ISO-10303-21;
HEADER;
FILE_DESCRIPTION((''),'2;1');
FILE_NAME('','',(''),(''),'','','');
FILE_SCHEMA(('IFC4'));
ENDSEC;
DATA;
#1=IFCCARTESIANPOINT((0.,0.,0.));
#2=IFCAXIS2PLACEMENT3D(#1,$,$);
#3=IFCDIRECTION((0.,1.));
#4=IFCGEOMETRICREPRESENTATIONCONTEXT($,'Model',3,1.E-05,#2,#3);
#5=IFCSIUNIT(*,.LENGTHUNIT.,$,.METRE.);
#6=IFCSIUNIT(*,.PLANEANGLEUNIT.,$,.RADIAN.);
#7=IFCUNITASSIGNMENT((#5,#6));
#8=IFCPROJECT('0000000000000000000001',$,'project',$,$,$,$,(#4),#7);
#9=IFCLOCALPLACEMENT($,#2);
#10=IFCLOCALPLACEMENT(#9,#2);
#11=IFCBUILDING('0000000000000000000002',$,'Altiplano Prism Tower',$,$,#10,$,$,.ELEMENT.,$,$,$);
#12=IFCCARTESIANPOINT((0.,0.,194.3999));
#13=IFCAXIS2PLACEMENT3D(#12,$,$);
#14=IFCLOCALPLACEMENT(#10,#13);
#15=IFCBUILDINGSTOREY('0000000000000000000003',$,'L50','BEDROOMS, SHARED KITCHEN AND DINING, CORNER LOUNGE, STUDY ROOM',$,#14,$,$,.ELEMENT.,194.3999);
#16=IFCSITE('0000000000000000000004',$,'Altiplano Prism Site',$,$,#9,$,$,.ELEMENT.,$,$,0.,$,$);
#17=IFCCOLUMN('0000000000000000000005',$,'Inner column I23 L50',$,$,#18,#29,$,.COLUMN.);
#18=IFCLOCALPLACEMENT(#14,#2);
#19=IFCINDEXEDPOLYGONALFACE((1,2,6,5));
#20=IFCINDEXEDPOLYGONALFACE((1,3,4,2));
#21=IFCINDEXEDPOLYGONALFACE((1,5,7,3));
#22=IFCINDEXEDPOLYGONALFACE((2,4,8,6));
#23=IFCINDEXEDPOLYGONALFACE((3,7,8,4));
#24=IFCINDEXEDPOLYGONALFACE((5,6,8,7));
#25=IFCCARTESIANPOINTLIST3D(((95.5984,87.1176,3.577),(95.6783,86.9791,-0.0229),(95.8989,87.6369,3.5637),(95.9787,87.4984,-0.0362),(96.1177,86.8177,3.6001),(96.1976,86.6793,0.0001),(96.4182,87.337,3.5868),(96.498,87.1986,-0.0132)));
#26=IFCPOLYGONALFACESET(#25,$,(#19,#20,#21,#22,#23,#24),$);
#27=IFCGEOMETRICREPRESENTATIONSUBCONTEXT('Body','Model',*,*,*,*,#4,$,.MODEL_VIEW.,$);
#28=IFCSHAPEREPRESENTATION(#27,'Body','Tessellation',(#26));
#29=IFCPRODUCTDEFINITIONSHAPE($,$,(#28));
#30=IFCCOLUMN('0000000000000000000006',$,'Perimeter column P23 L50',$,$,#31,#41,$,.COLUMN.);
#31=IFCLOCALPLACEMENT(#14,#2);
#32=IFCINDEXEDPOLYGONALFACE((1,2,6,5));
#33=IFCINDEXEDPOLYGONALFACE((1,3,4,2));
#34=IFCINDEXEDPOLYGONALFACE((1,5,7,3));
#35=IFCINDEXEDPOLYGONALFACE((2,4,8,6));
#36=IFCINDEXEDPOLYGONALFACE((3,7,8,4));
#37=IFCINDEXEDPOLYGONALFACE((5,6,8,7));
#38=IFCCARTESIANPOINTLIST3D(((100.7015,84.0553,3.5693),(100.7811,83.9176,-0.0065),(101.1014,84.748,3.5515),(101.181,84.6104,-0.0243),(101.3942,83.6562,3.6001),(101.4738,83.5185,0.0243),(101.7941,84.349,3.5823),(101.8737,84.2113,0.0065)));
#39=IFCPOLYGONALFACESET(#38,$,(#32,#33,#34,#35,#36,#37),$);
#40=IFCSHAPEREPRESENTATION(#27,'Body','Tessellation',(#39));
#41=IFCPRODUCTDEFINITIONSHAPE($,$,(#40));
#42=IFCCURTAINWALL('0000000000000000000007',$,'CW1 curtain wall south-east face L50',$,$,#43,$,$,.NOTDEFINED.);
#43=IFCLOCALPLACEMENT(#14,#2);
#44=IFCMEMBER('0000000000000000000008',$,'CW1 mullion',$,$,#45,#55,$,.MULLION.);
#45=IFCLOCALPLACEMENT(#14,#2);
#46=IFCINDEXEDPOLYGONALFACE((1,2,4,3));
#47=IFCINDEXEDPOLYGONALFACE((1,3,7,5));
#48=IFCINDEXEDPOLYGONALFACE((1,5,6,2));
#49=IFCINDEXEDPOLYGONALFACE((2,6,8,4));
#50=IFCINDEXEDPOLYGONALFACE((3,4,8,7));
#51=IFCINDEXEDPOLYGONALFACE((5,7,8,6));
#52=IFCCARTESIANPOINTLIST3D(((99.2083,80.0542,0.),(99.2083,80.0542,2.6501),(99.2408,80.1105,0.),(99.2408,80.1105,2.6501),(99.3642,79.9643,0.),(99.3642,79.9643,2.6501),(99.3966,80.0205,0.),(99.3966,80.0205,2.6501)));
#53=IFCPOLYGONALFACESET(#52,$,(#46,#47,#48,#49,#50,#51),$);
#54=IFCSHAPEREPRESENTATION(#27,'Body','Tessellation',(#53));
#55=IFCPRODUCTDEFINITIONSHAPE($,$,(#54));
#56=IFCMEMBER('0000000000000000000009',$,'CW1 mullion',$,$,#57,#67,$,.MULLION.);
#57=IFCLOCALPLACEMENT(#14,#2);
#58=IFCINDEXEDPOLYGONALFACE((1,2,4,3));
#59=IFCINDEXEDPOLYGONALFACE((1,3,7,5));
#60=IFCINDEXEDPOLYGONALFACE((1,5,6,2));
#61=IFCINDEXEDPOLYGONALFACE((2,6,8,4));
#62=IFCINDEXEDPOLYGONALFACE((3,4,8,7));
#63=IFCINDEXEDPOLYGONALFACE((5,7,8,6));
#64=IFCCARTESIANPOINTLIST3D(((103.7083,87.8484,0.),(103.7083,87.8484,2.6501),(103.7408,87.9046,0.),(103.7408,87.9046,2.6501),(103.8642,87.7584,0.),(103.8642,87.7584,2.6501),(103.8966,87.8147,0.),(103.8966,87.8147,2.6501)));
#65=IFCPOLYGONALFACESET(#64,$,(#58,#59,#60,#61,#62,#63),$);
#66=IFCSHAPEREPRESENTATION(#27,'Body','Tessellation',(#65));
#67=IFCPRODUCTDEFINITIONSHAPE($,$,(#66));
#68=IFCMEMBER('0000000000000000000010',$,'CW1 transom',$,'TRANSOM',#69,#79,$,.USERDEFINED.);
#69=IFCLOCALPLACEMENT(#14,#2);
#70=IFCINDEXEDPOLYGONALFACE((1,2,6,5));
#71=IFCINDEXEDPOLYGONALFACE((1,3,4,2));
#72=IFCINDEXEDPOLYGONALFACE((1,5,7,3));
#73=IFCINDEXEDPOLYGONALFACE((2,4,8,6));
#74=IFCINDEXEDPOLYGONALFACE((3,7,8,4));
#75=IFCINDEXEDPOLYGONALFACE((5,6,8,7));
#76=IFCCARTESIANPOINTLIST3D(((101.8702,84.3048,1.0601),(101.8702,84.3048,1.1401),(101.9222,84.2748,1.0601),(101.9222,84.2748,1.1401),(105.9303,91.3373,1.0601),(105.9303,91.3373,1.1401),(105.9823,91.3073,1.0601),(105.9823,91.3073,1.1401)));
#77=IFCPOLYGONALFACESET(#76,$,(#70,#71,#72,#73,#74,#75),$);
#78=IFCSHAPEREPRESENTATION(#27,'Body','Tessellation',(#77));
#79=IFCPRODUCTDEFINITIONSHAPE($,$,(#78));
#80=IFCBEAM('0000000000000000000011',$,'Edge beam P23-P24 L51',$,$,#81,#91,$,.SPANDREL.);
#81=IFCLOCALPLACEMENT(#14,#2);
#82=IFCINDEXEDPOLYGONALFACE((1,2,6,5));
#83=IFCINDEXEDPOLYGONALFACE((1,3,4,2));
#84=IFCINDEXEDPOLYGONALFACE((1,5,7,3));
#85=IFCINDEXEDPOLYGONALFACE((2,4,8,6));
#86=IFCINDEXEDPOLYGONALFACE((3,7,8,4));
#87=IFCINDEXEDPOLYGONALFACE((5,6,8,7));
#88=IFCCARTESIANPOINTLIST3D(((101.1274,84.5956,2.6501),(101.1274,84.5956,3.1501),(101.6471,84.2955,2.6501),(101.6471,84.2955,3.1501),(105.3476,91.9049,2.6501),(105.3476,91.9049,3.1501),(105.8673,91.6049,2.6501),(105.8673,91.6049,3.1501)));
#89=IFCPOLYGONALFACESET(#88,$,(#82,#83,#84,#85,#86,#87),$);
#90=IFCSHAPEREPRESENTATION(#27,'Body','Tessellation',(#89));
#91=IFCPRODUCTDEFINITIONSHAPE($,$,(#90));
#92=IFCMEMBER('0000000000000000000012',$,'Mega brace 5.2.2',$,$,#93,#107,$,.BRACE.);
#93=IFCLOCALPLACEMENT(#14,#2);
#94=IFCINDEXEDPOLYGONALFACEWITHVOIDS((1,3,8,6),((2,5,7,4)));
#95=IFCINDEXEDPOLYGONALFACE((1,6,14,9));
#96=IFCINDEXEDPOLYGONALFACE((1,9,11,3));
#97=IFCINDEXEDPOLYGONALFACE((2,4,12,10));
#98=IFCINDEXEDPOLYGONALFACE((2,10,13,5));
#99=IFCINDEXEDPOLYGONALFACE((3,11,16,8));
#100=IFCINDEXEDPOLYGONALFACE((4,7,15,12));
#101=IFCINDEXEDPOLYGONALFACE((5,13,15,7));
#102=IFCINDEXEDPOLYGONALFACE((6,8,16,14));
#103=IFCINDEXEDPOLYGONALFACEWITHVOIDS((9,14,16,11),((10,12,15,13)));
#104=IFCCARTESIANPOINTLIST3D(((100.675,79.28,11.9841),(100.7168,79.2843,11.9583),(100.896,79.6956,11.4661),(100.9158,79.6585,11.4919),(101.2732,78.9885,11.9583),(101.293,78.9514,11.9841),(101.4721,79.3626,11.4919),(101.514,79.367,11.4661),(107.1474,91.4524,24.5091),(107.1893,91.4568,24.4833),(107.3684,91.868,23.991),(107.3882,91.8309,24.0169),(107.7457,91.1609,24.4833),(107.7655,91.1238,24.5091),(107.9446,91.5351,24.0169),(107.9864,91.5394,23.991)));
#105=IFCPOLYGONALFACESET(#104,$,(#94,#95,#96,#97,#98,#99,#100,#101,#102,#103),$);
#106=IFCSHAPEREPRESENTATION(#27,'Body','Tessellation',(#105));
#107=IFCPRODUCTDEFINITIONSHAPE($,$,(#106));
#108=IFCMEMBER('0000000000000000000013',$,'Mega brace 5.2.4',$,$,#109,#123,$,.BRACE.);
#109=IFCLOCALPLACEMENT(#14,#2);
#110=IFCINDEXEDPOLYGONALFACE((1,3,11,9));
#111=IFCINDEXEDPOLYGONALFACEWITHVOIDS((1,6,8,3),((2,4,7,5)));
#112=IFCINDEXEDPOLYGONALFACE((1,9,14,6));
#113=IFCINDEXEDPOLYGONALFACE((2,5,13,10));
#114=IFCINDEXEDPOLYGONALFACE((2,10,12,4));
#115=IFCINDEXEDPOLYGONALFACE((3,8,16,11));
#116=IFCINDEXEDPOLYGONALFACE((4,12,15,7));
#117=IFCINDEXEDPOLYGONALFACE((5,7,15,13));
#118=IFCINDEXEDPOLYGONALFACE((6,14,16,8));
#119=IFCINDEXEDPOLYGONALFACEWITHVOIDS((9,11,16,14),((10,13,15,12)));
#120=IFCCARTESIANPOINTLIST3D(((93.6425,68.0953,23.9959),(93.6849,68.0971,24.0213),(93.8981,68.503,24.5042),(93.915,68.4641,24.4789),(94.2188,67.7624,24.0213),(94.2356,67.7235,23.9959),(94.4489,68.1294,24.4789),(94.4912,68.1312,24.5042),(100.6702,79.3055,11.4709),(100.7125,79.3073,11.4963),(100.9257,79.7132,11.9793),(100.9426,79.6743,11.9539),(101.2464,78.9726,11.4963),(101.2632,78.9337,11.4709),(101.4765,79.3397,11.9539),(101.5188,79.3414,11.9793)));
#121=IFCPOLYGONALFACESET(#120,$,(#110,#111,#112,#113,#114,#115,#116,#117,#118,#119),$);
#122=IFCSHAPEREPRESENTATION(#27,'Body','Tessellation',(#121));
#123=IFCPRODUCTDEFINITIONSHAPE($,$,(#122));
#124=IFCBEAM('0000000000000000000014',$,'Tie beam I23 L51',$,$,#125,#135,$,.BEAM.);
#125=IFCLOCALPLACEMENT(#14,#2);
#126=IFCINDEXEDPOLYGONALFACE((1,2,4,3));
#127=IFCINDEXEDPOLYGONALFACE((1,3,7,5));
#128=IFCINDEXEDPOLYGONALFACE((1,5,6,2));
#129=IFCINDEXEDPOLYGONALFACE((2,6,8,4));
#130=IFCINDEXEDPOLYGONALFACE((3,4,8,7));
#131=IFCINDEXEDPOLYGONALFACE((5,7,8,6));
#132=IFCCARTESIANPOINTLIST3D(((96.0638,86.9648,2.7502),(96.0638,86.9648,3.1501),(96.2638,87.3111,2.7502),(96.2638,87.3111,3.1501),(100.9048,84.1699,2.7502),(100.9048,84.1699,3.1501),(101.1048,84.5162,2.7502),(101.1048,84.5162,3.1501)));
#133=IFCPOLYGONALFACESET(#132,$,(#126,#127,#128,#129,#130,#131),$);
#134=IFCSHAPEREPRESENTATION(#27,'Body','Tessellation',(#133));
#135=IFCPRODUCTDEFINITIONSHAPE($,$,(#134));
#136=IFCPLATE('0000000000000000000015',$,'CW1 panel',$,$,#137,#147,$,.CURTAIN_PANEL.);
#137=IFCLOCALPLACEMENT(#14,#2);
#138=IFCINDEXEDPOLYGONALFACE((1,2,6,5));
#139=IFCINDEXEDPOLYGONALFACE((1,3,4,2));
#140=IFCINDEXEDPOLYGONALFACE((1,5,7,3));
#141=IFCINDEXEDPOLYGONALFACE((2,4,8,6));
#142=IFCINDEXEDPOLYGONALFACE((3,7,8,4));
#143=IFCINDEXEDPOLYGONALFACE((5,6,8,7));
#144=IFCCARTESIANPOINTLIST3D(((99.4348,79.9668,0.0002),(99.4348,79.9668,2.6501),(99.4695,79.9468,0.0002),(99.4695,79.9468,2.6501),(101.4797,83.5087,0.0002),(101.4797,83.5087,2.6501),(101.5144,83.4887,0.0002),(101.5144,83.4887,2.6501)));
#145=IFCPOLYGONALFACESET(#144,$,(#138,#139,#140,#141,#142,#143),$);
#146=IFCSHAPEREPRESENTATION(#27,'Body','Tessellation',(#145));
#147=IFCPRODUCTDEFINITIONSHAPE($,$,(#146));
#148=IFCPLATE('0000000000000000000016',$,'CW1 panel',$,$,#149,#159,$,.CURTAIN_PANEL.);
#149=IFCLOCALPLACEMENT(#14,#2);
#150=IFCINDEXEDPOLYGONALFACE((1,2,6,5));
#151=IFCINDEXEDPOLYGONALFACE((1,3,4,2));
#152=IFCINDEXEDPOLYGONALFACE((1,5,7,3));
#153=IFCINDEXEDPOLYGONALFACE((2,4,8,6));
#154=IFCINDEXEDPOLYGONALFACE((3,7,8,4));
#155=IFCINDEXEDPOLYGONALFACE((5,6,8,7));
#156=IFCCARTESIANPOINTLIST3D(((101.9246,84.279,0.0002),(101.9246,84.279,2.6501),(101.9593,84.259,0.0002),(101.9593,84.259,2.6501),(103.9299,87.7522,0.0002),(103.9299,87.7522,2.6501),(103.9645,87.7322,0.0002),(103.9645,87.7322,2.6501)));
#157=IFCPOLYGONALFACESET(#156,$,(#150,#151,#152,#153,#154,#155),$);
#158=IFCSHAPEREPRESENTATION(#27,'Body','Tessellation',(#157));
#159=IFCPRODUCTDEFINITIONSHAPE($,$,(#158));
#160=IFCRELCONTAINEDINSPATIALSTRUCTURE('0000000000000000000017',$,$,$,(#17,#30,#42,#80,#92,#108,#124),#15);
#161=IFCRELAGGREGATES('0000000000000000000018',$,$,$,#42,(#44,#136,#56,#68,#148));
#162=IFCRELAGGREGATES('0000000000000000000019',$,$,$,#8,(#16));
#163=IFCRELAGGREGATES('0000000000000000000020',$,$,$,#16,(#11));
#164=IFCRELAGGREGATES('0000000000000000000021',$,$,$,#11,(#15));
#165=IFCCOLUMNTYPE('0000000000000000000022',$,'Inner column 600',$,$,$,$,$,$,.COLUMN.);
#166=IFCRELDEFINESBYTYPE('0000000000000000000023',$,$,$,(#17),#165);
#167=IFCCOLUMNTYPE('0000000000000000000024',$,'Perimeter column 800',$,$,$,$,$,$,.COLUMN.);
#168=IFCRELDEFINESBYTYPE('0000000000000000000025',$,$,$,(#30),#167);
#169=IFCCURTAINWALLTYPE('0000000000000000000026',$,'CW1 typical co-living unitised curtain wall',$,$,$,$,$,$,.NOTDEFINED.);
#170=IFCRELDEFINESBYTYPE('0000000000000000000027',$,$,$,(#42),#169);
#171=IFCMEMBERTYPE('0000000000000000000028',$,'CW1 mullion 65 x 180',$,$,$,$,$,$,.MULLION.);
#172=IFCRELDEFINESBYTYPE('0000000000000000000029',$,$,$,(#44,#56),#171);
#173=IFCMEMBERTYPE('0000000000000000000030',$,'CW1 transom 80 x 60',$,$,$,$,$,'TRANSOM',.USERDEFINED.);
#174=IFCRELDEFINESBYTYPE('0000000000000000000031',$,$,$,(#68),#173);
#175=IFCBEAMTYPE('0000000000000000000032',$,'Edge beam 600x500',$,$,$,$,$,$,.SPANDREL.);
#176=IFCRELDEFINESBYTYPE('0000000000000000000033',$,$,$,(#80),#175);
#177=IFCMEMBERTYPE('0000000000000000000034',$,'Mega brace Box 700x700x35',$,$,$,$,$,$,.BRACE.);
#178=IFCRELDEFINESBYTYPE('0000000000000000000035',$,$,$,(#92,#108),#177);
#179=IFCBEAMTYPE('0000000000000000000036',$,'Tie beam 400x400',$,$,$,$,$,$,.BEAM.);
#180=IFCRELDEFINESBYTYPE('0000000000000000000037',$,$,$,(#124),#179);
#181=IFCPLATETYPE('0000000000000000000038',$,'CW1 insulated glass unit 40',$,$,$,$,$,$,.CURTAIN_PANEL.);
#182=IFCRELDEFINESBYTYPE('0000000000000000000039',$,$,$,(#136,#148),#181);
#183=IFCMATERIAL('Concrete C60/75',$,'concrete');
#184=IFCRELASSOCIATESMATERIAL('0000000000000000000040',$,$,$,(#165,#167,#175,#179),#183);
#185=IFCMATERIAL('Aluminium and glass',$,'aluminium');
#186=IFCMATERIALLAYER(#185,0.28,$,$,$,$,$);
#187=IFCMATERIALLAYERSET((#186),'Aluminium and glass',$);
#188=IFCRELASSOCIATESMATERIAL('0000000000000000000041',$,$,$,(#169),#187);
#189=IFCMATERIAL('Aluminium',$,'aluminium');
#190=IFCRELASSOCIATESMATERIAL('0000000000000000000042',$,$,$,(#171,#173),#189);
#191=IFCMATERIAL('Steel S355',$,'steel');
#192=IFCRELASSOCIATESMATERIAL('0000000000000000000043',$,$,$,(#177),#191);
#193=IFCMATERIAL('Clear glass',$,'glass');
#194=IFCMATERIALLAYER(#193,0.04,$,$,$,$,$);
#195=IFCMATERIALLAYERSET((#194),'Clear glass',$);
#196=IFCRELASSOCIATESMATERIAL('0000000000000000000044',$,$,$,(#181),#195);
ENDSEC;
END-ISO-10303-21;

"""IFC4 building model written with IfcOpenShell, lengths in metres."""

from ifc_helpers import new_model, si_unit, direction, frame, origin, origin_2d, place, context, subcontext, project, spatial, rectangle, hollow_rectangle, extrude, material, layer, layer_set, material_profile, profile_set, type_object, element, aggregate, save


model = new_model("IFC4")

# Units and contexts
model_context = context("Model", 3, precision=1e-05, world=origin(), true_north=direction((0.0, 1.0)))
body_context = subcontext(model_context, "Body", "Model", "MODEL_VIEW")
ifc_project = project(units=[si_unit("LENGTHUNIT", "METRE"), si_unit("PLANEANGLEUNIT", "RADIAN")], contexts=[model_context])

# Site, building, storey
site_placement = place(None, origin())
site = spatial("IfcSite", under=ifc_project, at=site_placement, Name="Altiplano Prism Site", CompositionType="ELEMENT", RefElevation=0.0)
building_placement = place(site_placement, origin())
building = spatial("IfcBuilding", under=site, at=building_placement, Name="Altiplano Prism Tower", CompositionType="ELEMENT")
storey_placement = place(building_placement, frame((0.0, 0.0, 194.3999)))
storey = spatial("IfcBuildingStorey", under=building, at=storey_placement, Name="L50", Description="BEDROOMS, SHARED KITCHEN AND DINING, CORNER LOUNGE, STUDY ROOM", CompositionType="ELEMENT", Elevation=194.3999)

# Columns
ifc_material_1 = material(Name="Concrete C60/75", Category="concrete")
ifc_material_profile_1 = material_profile(ifc_material_1, rectangle(XDim=0.6001, YDim=0.6001, at=origin_2d()), Name="Inner column 600")
ifc_profile_set_1 = profile_set([ifc_material_profile_1], Name="Concrete C60/75")
column_type_1 = type_object("IfcColumnType", Name="Inner column 600", PredefinedType="COLUMN", material=ifc_profile_set_1)
column_1_placement = place(storey_placement, frame((96.0881, 87.0889, -0.0181), z_axis=(-0.022155, 0.038416, 0.999016), x_axis=(-0.500657, -0.865361, 0.022173)))
element("IfcColumn", 1, at=column_1_placement, inside=storey, type_object=column_type_1, Name="Inner column I23 L50", PredefinedType="COLUMN", context=body_context, shape_type="SweptSolid", body=[
    extrude(rectangle(XDim=0.6001, YDim=0.6001, at=origin_2d()), origin(), (0.0, 0.0, 1.0), 3.6035),
])
ifc_material_profile_2 = material_profile(ifc_material_1, rectangle(XDim=0.8, YDim=0.8, at=origin_2d()), Name="Perimeter column 800")
ifc_profile_set_2 = profile_set([ifc_material_profile_2], Name="Concrete C60/75")
column_type_2 = type_object("IfcColumnType", Name="Perimeter column 800", PredefinedType="COLUMN", material=ifc_profile_set_2)
column_2_placement = place(storey_placement, frame((101.3274, 84.0645, 0.0), z_axis=(-0.022235, 0.038468, 0.999012), x_axis=(-0.499818, -0.865846, 0.022216)))
element("IfcColumn", 2, at=column_2_placement, inside=storey, type_object=column_type_2, Name="Perimeter column P23 L50", PredefinedType="COLUMN", context=body_context, shape_type="SweptSolid", body=[
    extrude(rectangle(XDim=0.8, YDim=0.8, at=origin_2d()), origin(), (0.0, 0.0, 1.0), 3.5793),
])

# Curtain wall, members
ifc_material_2 = material(Name="Aluminium and glass", Category="aluminium")
ifc_layer_1 = layer(ifc_material_2, 0.28)
ifc_layer_set_1 = layer_set([ifc_layer_1], Name="Aluminium and glass")
curtain_wall_type = type_object("IfcCurtainWallType", Name="CW1 typical co-living unitised curtain wall", PredefinedType="NOTDEFINED", material=ifc_layer_set_1)
curtain_wall_placement = place(storey_placement, origin())
curtain_wall = element("IfcCurtainWall", 3, at=curtain_wall_placement, inside=storey, type_object=curtain_wall_type, Name="CW1 curtain wall south-east face L50", PredefinedType="NOTDEFINED")
ifc_material_3 = material(Name="Aluminium", Category="aluminium")
ifc_material_profile_3 = material_profile(ifc_material_3, rectangle(XDim=0.1799, YDim=0.0649, at=origin_2d()), Name="CW1 mullion 65 x 180")
ifc_profile_set_3 = profile_set([ifc_material_profile_3], Name="Aluminium")
member_type_1 = type_object("IfcMemberType", Name="CW1 mullion 65 x 180", PredefinedType="MULLION", material=ifc_profile_set_3)
member_1_placement = place(storey_placement, frame((99.3025, 80.0374, 0.0), z_axis=(0.0, 0.0, 1.0), x_axis=(-0.866025, 0.5, 0.0)))
member_1 = element("IfcMember", 4, at=member_1_placement, type_object=member_type_1, Name="CW1 mullion", PredefinedType="MULLION", context=body_context, shape_type="SweptSolid", body=[
    extrude(rectangle(XDim=0.1799, YDim=0.0649, at=origin_2d()), origin(), (0.0, 0.0, 1.0), 2.6501),
])
member_2_placement = place(storey_placement, frame((103.8025, 87.8315, 0.0), z_axis=(0.0, 0.0, 1.0), x_axis=(-0.866025, 0.5, 0.0)))
member_2 = element("IfcMember", 5, at=member_2_placement, type_object=member_type_1, Name="CW1 mullion", PredefinedType="MULLION", context=body_context, shape_type="SweptSolid", body=[
    extrude(rectangle(XDim=0.1799, YDim=0.0649, at=origin_2d()), origin(), (0.0, 0.0, 1.0), 2.6501),
])
ifc_material_profile_4 = material_profile(ifc_material_3, rectangle(XDim=0.0601, YDim=0.0801, at=origin_2d()), Name="CW1 transom 80 x 60")
ifc_profile_set_4 = profile_set([ifc_material_profile_4], Name="Aluminium")
member_type_2 = type_object("IfcMemberType", Name="CW1 transom 80 x 60", ElementType="TRANSOM", PredefinedType="USERDEFINED", material=ifc_profile_set_4)
member_3_placement = place(storey_placement, frame((101.8962, 84.2898, 1.1001), z_axis=(0.499987, 0.866033, 0.0), x_axis=(-0.866033, 0.499987, 0.0)))
member_3 = element("IfcMember", 6, at=member_3_placement, type_object=member_type_2, Name="CW1 transom", ObjectType="TRANSOM", PredefinedType="USERDEFINED", context=body_context, shape_type="SweptSolid", body=[
    extrude(rectangle(XDim=0.0601, YDim=0.0801, at=origin_2d()), origin(), (0.0, 0.0, 1.0), 8.1204),
])

# Beam
ifc_material_profile_5 = material_profile(ifc_material_1, rectangle(XDim=0.6001, YDim=0.5, at=origin_2d()), Name="Edge beam 600x500")
ifc_profile_set_5 = profile_set([ifc_material_profile_5], Name="Concrete C60/75")
beam_type_1 = type_object("IfcBeamType", Name="Edge beam 600x500", PredefinedType="SPANDREL", material=ifc_profile_set_5)
beam_1_placement = place(storey_placement, frame((101.3872, 84.4456, 2.9001), z_axis=(0.500015, 0.866017, 0.0), x_axis=(-0.866017, 0.500015, 0.0)))
element("IfcBeam", 7, at=beam_1_placement, inside=storey, type_object=beam_type_1, Name="Edge beam P23-P24 L51", PredefinedType="SPANDREL", context=body_context, shape_type="SweptSolid", body=[
    extrude(rectangle(XDim=0.6001, YDim=0.5, at=origin_2d()), origin(), (0.0, 0.0, 1.0), 8.4402),
])

# Members
ifc_material_4 = material(Name="Steel S355", Category="steel")
ifc_material_profile_6 = material_profile(ifc_material_4, hollow_rectangle(XDim=0.7, YDim=0.7, WallThickness=0.0349, at=origin_2d()), Name="Mega brace Box 700x700x35")
ifc_profile_set_6 = profile_set([ifc_material_profile_6], Name="Steel S355")
member_type_3 = type_object("IfcMemberType", Name="Mega brace Box 700x700x35", PredefinedType="BRACE", material=ifc_profile_set_6)
member_4_placement = place(storey_placement, frame((101.0945, 79.3235, 11.7251), z_axis=(0.347491, 0.653511, 0.672438), x_axis=(-0.88294, 0.469486, 0.0)))
element("IfcMember", 8, at=member_4_placement, inside=storey, type_object=member_type_3, Name="Mega brace 5.2.2", PredefinedType="BRACE", context=body_context, shape_type="SweptSolid", body=[
    extrude(hollow_rectangle(XDim=0.7, YDim=0.7, WallThickness=0.0349, at=origin_2d()), origin(), (0.0, 0.0, 1.0), 18.6262),
])
member_5_placement = place(storey_placement, frame((101.0945, 79.3235, 11.7251), z_axis=(-0.38573, -0.615306, 0.687467), x_axis=(0.847277, -0.531151, 0.0)))
element("IfcMember", 9, at=member_5_placement, inside=storey, type_object=member_type_3, Name="Mega brace 5.2.4", PredefinedType="BRACE", context=body_context, shape_type="SweptSolid", body=[
    extrude(hollow_rectangle(XDim=0.7, YDim=0.7, WallThickness=0.0349, at=origin_2d()), origin(), (0.0, 0.0, 1.0), 18.219),
])

# Beam
ifc_material_profile_7 = material_profile(ifc_material_1, rectangle(XDim=0.3999, YDim=0.3999, at=origin_2d()), Name="Tie beam 400x400")
ifc_profile_set_7 = profile_set([ifc_material_profile_7], Name="Concrete C60/75")
beam_type_2 = type_object("IfcBeamType", Name="Tie beam 400x400", PredefinedType="BEAM", material=ifc_profile_set_7)
beam_2_placement = place(storey_placement, frame((96.1638, 87.1379, 2.9502), z_axis=(0.866031, -0.499991, 0.0), x_axis=(0.499991, 0.866031, 0.0)))
element("IfcBeam", 10, at=beam_2_placement, inside=storey, type_object=beam_type_2, Name="Tie beam I23 L51", PredefinedType="BEAM", context=body_context, shape_type="SweptSolid", body=[
    extrude(rectangle(XDim=0.3999, YDim=0.3999, at=origin_2d()), origin(), (0.0, 0.0, 1.0), 5.5898),
])

# Plates
ifc_material_5 = material(Name="Clear glass", Category="glass")
ifc_layer_2 = layer(ifc_material_5, 0.04)
ifc_layer_set_2 = layer_set([ifc_layer_2], Name="Clear glass")
plate_type = type_object("IfcPlateType", Name="CW1 insulated glass unit 40", PredefinedType="CURTAIN_PANEL", material=ifc_layer_set_2)
plate_1_placement = place(storey_placement, frame((100.4746, 81.7278, 0.0002), z_axis=(0.0, 0.0, 1.0), x_axis=(0.5, 0.866025, 0.0)))
plate_1 = element("IfcPlate", 11, at=plate_1_placement, type_object=plate_type, Name="CW1 panel", PredefinedType="CURTAIN_PANEL", context=body_context, shape_type="SweptSolid", body=[
    extrude(rectangle(XDim=4.0898, YDim=0.04, at=origin_2d()), origin(), (0.0, 0.0, 1.0), 2.6499),
])
plate_2_placement = place(storey_placement, frame((102.9446, 86.0056, 0.0002), z_axis=(0.0, 0.0, 1.0), x_axis=(0.5, 0.866025, 0.0)))
plate_2 = element("IfcPlate", 12, at=plate_2_placement, type_object=plate_type, Name="CW1 panel", PredefinedType="CURTAIN_PANEL", context=body_context, shape_type="SweptSolid", body=[
    extrude(rectangle(XDim=4.0105, YDim=0.04, at=origin_2d()), origin(), (0.0, 0.0, 1.0), 2.6499),
])
aggregate(curtain_wall, [member_1, plate_1, member_2, member_3, plate_2])

save(model, "model.ifc")
